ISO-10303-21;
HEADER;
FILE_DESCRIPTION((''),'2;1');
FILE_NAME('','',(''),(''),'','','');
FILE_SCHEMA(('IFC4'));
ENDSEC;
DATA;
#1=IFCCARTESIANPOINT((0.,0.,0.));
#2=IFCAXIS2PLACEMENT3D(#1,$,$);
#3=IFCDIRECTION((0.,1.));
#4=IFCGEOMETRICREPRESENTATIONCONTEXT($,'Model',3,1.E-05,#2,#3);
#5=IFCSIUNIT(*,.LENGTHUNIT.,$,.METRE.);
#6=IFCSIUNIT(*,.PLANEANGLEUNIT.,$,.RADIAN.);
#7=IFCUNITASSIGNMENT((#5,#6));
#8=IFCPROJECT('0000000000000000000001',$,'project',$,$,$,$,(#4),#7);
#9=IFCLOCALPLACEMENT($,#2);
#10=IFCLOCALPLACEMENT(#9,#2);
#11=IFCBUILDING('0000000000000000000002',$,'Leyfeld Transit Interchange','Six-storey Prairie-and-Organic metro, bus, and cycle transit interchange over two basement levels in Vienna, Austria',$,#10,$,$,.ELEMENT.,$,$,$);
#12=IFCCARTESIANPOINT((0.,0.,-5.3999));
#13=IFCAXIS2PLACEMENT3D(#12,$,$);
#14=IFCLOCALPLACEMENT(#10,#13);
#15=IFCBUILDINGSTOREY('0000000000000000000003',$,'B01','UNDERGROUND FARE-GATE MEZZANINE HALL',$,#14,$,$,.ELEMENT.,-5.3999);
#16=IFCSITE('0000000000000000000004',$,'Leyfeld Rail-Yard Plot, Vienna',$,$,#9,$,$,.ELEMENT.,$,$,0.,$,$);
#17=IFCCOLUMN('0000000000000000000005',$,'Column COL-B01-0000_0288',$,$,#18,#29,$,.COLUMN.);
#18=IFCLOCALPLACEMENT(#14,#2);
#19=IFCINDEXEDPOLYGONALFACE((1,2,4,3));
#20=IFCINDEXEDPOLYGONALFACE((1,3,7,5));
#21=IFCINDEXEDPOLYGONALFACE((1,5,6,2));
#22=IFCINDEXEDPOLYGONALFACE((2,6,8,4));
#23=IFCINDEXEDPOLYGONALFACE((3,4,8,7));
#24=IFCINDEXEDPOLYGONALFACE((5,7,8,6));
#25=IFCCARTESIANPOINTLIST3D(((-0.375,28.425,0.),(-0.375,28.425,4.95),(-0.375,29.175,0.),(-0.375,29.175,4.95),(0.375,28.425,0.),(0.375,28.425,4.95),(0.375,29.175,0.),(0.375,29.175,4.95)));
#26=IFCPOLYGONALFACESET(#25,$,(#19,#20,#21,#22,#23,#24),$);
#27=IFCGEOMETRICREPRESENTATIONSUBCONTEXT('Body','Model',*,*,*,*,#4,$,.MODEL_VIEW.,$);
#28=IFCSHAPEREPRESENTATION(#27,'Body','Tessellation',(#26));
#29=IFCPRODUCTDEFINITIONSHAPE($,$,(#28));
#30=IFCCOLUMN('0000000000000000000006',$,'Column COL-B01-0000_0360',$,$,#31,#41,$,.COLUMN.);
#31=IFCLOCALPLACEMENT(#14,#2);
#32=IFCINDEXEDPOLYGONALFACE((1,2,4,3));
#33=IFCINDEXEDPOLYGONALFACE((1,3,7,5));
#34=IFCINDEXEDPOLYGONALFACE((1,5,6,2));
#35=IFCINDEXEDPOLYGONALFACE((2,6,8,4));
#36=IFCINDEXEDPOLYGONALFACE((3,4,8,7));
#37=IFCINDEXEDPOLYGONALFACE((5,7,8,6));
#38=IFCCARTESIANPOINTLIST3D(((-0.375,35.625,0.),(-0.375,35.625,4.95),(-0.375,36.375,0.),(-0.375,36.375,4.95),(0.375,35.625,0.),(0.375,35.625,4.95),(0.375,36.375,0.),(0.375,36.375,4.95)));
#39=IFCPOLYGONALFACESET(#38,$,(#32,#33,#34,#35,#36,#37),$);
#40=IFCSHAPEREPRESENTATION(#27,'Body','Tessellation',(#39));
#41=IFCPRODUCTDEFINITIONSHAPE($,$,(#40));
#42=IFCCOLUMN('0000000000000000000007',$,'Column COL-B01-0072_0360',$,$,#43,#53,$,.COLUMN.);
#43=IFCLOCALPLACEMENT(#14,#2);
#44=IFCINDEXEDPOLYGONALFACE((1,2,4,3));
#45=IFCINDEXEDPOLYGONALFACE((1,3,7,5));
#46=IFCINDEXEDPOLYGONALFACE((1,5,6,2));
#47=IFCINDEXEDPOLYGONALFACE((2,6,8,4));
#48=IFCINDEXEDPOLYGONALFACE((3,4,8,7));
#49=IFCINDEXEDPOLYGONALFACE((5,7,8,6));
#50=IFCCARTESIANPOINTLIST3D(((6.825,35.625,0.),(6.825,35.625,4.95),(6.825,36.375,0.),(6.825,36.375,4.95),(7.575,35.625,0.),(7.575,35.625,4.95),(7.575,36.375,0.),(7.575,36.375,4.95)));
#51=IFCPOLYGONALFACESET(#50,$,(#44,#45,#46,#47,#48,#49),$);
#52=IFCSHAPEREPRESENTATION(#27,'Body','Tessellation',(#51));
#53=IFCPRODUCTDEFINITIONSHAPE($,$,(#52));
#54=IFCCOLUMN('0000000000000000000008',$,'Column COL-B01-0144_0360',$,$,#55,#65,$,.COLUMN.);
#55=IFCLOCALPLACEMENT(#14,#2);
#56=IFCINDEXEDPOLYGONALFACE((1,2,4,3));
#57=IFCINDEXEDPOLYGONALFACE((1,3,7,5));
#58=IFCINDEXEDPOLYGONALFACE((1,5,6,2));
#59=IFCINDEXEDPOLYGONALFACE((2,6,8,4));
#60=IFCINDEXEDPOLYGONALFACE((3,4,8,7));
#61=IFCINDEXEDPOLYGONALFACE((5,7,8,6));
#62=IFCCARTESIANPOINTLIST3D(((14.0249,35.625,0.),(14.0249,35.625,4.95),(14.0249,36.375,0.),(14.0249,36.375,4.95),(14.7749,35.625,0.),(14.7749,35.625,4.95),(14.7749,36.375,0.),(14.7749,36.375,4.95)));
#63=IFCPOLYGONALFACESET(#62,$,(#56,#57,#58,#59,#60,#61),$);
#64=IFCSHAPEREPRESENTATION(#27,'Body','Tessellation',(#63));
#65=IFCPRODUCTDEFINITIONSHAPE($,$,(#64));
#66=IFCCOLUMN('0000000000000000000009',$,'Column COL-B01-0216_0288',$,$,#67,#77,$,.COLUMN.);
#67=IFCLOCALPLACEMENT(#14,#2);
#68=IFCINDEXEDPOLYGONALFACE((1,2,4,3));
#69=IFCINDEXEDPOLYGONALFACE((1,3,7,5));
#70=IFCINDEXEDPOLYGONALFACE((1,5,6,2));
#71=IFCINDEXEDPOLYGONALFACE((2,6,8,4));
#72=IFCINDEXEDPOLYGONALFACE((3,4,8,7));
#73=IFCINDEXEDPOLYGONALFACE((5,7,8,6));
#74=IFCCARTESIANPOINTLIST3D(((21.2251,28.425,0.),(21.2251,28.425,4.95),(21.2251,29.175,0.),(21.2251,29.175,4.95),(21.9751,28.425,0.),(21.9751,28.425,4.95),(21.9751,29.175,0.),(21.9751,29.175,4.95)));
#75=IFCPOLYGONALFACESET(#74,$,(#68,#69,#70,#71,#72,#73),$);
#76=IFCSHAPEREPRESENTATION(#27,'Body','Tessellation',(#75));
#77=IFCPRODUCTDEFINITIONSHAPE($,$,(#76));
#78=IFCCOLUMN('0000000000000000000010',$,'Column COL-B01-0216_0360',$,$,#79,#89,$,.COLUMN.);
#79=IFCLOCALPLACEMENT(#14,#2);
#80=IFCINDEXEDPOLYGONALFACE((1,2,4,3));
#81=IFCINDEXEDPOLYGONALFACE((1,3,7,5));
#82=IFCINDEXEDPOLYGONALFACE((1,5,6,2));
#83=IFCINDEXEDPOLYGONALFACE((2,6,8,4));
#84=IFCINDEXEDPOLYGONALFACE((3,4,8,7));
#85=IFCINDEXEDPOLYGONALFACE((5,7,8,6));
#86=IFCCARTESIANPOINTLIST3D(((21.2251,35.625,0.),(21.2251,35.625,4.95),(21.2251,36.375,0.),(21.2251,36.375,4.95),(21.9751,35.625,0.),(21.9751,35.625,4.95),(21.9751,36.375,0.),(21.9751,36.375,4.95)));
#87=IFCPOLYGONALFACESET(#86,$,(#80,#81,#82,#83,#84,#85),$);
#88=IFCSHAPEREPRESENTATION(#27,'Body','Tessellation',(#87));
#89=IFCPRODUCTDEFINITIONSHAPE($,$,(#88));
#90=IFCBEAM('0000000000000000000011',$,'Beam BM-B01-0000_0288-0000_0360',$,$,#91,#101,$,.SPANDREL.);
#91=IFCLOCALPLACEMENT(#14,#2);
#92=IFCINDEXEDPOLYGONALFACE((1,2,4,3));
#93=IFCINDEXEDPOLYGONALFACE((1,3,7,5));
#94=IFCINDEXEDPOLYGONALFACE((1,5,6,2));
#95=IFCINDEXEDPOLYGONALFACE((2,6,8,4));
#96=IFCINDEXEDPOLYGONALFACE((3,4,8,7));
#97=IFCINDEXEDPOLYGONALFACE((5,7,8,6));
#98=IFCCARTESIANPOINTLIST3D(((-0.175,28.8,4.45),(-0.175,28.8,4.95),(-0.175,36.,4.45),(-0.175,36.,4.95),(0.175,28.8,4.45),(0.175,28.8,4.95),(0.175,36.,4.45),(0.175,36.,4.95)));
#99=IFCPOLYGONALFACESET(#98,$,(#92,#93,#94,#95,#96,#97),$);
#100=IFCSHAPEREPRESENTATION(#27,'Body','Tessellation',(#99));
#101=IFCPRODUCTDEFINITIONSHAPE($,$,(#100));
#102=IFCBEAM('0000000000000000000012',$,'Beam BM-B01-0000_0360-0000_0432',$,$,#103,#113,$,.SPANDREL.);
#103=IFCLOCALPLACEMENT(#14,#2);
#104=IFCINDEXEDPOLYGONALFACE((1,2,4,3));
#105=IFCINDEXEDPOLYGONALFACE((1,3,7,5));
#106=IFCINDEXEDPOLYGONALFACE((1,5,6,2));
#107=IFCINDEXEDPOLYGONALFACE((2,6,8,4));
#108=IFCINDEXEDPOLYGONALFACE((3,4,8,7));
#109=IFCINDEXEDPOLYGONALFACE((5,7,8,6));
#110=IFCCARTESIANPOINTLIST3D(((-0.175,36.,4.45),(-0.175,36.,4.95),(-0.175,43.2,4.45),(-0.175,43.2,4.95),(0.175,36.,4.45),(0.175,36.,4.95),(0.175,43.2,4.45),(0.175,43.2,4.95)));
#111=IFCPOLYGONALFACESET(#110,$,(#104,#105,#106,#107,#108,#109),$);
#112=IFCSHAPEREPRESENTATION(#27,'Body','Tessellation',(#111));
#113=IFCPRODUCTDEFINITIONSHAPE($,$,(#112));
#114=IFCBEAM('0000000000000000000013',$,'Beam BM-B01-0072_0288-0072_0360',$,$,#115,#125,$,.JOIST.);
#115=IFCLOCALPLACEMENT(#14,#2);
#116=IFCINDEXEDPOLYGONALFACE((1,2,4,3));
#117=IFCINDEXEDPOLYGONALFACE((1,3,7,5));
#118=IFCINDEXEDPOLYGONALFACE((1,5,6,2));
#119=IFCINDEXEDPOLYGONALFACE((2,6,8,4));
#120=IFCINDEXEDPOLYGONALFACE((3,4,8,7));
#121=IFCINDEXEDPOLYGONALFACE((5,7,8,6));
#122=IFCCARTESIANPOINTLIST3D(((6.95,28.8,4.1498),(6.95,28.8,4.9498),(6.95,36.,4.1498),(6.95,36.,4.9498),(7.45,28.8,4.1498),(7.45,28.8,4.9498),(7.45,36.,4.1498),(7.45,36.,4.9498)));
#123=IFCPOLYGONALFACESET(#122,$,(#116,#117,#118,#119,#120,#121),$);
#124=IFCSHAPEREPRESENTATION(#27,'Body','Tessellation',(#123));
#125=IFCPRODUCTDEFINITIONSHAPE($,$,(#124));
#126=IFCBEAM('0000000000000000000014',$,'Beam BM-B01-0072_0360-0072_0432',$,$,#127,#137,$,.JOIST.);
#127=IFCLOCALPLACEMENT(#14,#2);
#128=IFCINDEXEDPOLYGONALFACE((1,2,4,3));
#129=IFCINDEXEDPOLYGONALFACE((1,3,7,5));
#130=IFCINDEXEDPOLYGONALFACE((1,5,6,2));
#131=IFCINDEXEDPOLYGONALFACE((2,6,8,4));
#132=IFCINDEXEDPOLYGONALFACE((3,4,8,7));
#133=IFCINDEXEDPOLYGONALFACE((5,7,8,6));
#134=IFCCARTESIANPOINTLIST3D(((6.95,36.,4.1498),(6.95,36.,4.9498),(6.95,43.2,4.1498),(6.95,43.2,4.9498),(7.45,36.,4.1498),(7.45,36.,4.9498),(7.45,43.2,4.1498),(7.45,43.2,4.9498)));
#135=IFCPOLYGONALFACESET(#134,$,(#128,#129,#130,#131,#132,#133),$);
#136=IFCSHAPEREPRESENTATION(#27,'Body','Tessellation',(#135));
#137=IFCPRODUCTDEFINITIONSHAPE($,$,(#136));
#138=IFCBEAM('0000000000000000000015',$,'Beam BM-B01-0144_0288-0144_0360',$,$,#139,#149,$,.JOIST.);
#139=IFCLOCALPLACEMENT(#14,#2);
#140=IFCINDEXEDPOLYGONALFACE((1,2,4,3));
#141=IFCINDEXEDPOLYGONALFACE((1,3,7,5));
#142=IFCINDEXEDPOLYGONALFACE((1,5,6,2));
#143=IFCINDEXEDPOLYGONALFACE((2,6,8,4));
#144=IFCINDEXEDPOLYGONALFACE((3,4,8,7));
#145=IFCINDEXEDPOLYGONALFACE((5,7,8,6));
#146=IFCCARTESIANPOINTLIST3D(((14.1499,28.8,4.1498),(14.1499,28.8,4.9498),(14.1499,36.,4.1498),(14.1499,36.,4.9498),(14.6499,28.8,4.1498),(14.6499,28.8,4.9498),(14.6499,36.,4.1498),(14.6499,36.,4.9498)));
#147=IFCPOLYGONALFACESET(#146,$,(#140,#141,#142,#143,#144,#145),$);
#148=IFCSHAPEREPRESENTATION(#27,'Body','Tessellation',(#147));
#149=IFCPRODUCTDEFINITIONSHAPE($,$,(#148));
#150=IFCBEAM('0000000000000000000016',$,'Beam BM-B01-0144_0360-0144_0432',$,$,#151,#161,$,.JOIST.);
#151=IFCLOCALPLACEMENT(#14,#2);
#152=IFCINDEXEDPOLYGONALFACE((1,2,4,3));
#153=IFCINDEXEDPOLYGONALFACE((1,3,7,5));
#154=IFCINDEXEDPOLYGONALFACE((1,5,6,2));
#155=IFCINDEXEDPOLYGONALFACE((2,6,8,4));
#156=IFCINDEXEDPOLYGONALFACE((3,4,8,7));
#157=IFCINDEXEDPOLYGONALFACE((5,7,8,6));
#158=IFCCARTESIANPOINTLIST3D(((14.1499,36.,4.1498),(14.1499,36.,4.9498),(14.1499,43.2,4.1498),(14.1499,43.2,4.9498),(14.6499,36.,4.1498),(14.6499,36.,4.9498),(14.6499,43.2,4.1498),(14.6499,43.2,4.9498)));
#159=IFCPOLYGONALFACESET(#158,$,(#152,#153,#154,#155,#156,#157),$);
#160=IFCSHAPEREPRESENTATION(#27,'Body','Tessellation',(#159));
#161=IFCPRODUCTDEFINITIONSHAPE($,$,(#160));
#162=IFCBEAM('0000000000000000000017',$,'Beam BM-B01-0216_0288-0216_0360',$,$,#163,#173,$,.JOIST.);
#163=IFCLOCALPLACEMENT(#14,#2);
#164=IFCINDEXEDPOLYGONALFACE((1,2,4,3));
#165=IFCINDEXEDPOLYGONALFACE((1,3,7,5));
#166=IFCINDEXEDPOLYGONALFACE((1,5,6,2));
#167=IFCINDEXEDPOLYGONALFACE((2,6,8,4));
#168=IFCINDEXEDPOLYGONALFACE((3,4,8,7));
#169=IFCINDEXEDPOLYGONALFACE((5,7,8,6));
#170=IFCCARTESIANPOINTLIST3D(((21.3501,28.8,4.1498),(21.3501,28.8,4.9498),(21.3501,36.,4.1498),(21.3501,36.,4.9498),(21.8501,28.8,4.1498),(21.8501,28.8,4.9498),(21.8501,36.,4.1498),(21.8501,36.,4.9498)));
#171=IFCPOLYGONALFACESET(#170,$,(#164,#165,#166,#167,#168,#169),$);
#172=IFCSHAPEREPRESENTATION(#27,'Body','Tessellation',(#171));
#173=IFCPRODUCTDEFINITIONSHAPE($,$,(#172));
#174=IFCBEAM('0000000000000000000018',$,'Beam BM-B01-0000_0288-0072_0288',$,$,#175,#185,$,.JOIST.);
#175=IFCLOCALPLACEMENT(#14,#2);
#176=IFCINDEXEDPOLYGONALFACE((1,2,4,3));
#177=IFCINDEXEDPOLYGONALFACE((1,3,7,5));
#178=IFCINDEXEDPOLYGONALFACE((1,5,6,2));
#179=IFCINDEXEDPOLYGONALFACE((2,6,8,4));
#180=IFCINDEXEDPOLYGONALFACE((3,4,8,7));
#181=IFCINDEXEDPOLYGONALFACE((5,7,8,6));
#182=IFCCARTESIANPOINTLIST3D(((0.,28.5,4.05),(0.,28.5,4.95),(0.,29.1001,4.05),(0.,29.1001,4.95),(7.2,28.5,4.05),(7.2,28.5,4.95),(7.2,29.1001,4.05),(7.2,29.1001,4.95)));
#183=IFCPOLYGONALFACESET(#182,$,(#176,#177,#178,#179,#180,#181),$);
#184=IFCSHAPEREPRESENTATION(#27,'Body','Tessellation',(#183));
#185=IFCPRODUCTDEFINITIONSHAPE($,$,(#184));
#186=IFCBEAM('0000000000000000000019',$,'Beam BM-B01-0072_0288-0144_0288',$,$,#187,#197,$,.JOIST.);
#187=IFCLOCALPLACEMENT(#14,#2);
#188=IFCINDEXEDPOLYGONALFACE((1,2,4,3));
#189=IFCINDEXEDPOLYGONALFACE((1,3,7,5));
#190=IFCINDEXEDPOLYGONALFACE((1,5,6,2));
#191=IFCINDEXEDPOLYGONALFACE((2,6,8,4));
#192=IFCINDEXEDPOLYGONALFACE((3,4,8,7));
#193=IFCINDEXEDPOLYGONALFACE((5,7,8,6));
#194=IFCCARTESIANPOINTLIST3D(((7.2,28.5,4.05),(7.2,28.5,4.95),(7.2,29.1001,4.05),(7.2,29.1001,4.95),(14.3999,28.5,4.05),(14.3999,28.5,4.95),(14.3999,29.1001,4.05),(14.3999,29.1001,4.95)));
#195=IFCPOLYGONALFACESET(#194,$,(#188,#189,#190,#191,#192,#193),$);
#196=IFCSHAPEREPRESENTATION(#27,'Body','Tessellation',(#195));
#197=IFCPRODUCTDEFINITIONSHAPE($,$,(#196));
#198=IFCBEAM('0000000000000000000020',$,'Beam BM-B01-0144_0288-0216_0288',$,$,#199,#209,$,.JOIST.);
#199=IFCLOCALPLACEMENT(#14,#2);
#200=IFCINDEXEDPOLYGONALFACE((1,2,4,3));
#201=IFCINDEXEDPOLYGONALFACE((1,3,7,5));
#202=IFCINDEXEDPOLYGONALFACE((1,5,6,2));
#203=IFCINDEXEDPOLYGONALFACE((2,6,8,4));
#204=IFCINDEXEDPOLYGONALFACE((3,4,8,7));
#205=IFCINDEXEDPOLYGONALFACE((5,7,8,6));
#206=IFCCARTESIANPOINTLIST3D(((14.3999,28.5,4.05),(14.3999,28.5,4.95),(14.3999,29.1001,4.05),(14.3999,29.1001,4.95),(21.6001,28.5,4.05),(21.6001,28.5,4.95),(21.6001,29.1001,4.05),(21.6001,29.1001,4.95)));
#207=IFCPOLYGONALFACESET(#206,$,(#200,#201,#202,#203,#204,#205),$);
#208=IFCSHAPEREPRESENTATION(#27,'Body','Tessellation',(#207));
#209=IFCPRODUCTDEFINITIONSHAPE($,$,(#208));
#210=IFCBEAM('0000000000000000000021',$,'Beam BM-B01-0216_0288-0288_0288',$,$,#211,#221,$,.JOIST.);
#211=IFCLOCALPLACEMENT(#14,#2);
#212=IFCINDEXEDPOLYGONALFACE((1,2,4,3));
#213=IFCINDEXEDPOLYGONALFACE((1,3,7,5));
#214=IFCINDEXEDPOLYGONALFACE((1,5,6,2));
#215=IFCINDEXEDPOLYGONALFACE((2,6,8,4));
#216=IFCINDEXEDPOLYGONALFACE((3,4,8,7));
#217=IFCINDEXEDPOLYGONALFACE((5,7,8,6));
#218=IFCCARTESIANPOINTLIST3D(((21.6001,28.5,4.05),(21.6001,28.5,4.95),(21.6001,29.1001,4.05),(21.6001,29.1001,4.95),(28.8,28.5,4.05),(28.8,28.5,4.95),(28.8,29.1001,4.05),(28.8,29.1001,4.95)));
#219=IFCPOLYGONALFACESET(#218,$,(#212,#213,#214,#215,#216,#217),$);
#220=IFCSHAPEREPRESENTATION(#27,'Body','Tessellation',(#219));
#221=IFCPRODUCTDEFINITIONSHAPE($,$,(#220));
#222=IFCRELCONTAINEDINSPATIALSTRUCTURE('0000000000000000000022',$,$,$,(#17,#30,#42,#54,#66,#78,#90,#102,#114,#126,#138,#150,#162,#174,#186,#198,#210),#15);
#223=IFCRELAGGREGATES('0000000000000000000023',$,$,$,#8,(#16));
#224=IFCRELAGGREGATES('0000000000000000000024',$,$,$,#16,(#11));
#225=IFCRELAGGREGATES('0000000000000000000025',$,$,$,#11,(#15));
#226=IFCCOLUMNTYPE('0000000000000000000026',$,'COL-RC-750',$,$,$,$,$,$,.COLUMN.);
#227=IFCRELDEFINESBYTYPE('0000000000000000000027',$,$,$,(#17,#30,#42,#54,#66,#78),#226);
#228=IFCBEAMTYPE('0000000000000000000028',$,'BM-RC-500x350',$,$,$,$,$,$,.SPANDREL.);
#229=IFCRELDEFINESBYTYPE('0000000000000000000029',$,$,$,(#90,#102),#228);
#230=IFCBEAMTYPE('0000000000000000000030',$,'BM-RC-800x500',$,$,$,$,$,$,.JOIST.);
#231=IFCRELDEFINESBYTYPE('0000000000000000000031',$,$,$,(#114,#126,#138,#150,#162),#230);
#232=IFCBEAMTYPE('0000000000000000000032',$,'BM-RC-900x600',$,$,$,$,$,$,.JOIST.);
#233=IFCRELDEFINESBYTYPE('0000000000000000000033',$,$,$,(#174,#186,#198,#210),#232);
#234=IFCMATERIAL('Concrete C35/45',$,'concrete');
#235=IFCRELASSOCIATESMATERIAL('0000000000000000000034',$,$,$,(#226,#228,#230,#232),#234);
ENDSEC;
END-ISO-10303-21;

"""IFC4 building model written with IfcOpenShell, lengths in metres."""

from ifc_helpers import new_model, si_unit, direction, frame, origin, origin_2d, place, context, subcontext, project, spatial, rectangle, extrude, material, material_profile, profile_set, type_object, element, save


model = new_model("IFC4")

# Units and contexts
model_context = context("Model", 3, precision=1e-05, world=origin(), true_north=direction((0.0, 1.0)))
body_context = subcontext(model_context, "Body", "Model", "MODEL_VIEW")
ifc_project = project(units=[si_unit("LENGTHUNIT", "METRE"), si_unit("PLANEANGLEUNIT", "RADIAN")], contexts=[model_context])

# Site, building, storey
site_placement = place(None, origin())
site = spatial("IfcSite", under=ifc_project, at=site_placement, Name="Leyfeld Rail-Yard Plot, Vienna", CompositionType="ELEMENT", RefElevation=0.0)
building_placement = place(site_placement, origin())
building = spatial("IfcBuilding", under=site, at=building_placement, Name="Leyfeld Transit Interchange", Description="Six-storey Prairie-and-Organic metro, bus, and cycle transit interchange over two basement levels in Vienna, Austria", CompositionType="ELEMENT")
storey_placement = place(building_placement, frame((0.0, 0.0, -5.3999)))
storey = spatial("IfcBuildingStorey", under=building, at=storey_placement, Name="B01", Description="UNDERGROUND FARE-GATE MEZZANINE HALL", CompositionType="ELEMENT", Elevation=-5.3999)

# Columns
ifc_material_1 = material(Name="Concrete C35/45", Category="concrete")
ifc_material_profile_1 = material_profile(ifc_material_1, rectangle(XDim=0.75, YDim=0.75, at=origin_2d()), Name="RC 750x750")
ifc_profile_set_1 = profile_set([ifc_material_profile_1], Name="Concrete C35/45")
column_type = type_object("IfcColumnType", Name="COL-RC-750", PredefinedType="COLUMN", material=ifc_profile_set_1)
for number, where, z_axis, x_axis, name in (
    (1, (0.0, 28.8, 0.0), (0.0, 0.0, 1.0), (1.0, 0.0, 0.0), "Column COL-B01-0000_0288"),
    (2, (0.0, 36.0, 0.0), (0.0, 0.0, 1.0), (1.0, 0.0, 0.0), "Column COL-B01-0000_0360"),
    (3, (7.2, 36.0, 0.0), (0.0, 0.0, 1.0), (1.0, 0.0, 0.0), "Column COL-B01-0072_0360"),
    (4, (14.3999, 36.0, 0.0), (0.0, 0.0, 1.0), (1.0, 0.0, 0.0), "Column COL-B01-0144_0360"),
    (5, (21.6001, 28.8, 0.0), (0.0, 0.0, 1.0), (1.0, 0.0, 0.0), "Column COL-B01-0216_0288"),
    (6, (21.6001, 36.0, 0.0), (0.0, 0.0, 1.0), (1.0, 0.0, 0.0), "Column COL-B01-0216_0360"),
):
    element("IfcColumn", number, at=place(storey_placement, frame(where, z_axis=z_axis, x_axis=x_axis)), inside=storey, type_object=column_type, Name=name, PredefinedType="COLUMN", context=body_context, shape_type="SweptSolid", body=[
        extrude(rectangle(XDim=0.75, YDim=0.75, at=origin_2d()), origin(), (0.0, 0.0, 1.0), 4.95),
    ])

# Beams
ifc_material_profile_2 = material_profile(ifc_material_1, rectangle(XDim=0.3501, YDim=0.5, at=origin_2d()), Name="RC 500x350")
ifc_profile_set_2 = profile_set([ifc_material_profile_2], Name="Concrete C35/45")
beam_type_1 = type_object("IfcBeamType", Name="BM-RC-500x350", PredefinedType="SPANDREL", material=ifc_profile_set_2)
for number, where, z_axis, x_axis, name in (
    (7, (0.0, 28.8, 4.7), (0.0, 1.0, 0.0), (-1.0, 0.0, 0.0), "Beam BM-B01-0000_0288-0000_0360"),
    (8, (0.0, 36.0, 4.7), (0.0, 1.0, 0.0), (-1.0, 0.0, 0.0), "Beam BM-B01-0000_0360-0000_0432"),
):
    element("IfcBeam", number, at=place(storey_placement, frame(where, z_axis=z_axis, x_axis=x_axis)), inside=storey, type_object=beam_type_1, Name=name, PredefinedType="SPANDREL", context=body_context, shape_type="SweptSolid", body=[
        extrude(rectangle(XDim=0.3501, YDim=0.5, at=origin_2d()), origin(), (0.0, 0.0, 1.0), 7.2),
    ])
ifc_material_profile_3 = material_profile(ifc_material_1, rectangle(XDim=0.5, YDim=0.8, at=origin_2d()), Name="RC 800x500")
ifc_profile_set_3 = profile_set([ifc_material_profile_3], Name="Concrete C35/45")
beam_type_2 = type_object("IfcBeamType", Name="BM-RC-800x500", PredefinedType="JOIST", material=ifc_profile_set_3)
for number, where, z_axis, x_axis, name in (
    (9, (7.2, 28.8, 4.5498), (0.0, 1.0, 0.0), (-1.0, 0.0, 0.0), "Beam BM-B01-0072_0288-0072_0360"),
    (10, (7.2, 36.0, 4.5498), (0.0, 1.0, 0.0), (-1.0, 0.0, 0.0), "Beam BM-B01-0072_0360-0072_0432"),
    (11, (14.3999, 28.8, 4.5498), (0.0, 1.0, 0.0), (-1.0, 0.0, 0.0), "Beam BM-B01-0144_0288-0144_0360"),
    (12, (14.3999, 36.0, 4.5498), (0.0, 1.0, 0.0), (-1.0, 0.0, 0.0), "Beam BM-B01-0144_0360-0144_0432"),
    (13, (21.6001, 28.8, 4.5498), (0.0, 1.0, 0.0), (-1.0, 0.0, 0.0), "Beam BM-B01-0216_0288-0216_0360"),
):
    element("IfcBeam", number, at=place(storey_placement, frame(where, z_axis=z_axis, x_axis=x_axis)), inside=storey, type_object=beam_type_2, Name=name, PredefinedType="JOIST", context=body_context, shape_type="SweptSolid", body=[
        extrude(rectangle(XDim=0.5, YDim=0.8, at=origin_2d()), origin(), (0.0, 0.0, 1.0), 7.2),
    ])
ifc_material_profile_4 = material_profile(ifc_material_1, rectangle(XDim=0.6001, YDim=0.8999, at=origin_2d()), Name="RC 900x600")
ifc_profile_set_4 = profile_set([ifc_material_profile_4], Name="Concrete C35/45")
beam_type_3 = type_object("IfcBeamType", Name="BM-RC-900x600", PredefinedType="JOIST", material=ifc_profile_set_4)
for number, where, z_axis, x_axis, name in (
    (14, (0.0, 28.8, 4.5), (1.0, 0.0, 0.0), (0.0, 1.0, 0.0), "Beam BM-B01-0000_0288-0072_0288"),
    (15, (7.2, 28.8, 4.5), (1.0, 0.0, 0.0), (0.0, 1.0, 0.0), "Beam BM-B01-0072_0288-0144_0288"),
):
    element("IfcBeam", number, at=place(storey_placement, frame(where, z_axis=z_axis, x_axis=x_axis)), inside=storey, type_object=beam_type_3, Name=name, PredefinedType="JOIST", context=body_context, shape_type="SweptSolid", body=[
        extrude(rectangle(XDim=0.6001, YDim=0.8999, at=origin_2d()), origin(), (0.0, 0.0, 1.0), 7.2),
    ])
beam_1_placement = place(storey_placement, frame((14.3999, 28.8, 4.5), z_axis=(1.0, 0.0, 0.0), x_axis=(0.0, 1.0, 0.0)))
element("IfcBeam", 16, at=beam_1_placement, inside=storey, type_object=beam_type_3, Name="Beam BM-B01-0144_0288-0216_0288", PredefinedType="JOIST", context=body_context, shape_type="SweptSolid", body=[
    extrude(rectangle(XDim=0.6001, YDim=0.8999, at=origin_2d()), origin(), (0.0, 0.0, 1.0), 7.2002),
])
for number, where, z_axis, x_axis, name in (
    (17, (21.6001, 28.8, 4.5), (1.0, 0.0, 0.0), (0.0, 1.0, 0.0), "Beam BM-B01-0216_0288-0288_0288"),
):
    element("IfcBeam", number, at=place(storey_placement, frame(where, z_axis=z_axis, x_axis=x_axis)), inside=storey, type_object=beam_type_3, Name=name, PredefinedType="JOIST", context=body_context, shape_type="SweptSolid", body=[
        extrude(rectangle(XDim=0.6001, YDim=0.8999, at=origin_2d()), origin(), (0.0, 0.0, 1.0), 7.2),
    ])

save(model, "model.ifc")
